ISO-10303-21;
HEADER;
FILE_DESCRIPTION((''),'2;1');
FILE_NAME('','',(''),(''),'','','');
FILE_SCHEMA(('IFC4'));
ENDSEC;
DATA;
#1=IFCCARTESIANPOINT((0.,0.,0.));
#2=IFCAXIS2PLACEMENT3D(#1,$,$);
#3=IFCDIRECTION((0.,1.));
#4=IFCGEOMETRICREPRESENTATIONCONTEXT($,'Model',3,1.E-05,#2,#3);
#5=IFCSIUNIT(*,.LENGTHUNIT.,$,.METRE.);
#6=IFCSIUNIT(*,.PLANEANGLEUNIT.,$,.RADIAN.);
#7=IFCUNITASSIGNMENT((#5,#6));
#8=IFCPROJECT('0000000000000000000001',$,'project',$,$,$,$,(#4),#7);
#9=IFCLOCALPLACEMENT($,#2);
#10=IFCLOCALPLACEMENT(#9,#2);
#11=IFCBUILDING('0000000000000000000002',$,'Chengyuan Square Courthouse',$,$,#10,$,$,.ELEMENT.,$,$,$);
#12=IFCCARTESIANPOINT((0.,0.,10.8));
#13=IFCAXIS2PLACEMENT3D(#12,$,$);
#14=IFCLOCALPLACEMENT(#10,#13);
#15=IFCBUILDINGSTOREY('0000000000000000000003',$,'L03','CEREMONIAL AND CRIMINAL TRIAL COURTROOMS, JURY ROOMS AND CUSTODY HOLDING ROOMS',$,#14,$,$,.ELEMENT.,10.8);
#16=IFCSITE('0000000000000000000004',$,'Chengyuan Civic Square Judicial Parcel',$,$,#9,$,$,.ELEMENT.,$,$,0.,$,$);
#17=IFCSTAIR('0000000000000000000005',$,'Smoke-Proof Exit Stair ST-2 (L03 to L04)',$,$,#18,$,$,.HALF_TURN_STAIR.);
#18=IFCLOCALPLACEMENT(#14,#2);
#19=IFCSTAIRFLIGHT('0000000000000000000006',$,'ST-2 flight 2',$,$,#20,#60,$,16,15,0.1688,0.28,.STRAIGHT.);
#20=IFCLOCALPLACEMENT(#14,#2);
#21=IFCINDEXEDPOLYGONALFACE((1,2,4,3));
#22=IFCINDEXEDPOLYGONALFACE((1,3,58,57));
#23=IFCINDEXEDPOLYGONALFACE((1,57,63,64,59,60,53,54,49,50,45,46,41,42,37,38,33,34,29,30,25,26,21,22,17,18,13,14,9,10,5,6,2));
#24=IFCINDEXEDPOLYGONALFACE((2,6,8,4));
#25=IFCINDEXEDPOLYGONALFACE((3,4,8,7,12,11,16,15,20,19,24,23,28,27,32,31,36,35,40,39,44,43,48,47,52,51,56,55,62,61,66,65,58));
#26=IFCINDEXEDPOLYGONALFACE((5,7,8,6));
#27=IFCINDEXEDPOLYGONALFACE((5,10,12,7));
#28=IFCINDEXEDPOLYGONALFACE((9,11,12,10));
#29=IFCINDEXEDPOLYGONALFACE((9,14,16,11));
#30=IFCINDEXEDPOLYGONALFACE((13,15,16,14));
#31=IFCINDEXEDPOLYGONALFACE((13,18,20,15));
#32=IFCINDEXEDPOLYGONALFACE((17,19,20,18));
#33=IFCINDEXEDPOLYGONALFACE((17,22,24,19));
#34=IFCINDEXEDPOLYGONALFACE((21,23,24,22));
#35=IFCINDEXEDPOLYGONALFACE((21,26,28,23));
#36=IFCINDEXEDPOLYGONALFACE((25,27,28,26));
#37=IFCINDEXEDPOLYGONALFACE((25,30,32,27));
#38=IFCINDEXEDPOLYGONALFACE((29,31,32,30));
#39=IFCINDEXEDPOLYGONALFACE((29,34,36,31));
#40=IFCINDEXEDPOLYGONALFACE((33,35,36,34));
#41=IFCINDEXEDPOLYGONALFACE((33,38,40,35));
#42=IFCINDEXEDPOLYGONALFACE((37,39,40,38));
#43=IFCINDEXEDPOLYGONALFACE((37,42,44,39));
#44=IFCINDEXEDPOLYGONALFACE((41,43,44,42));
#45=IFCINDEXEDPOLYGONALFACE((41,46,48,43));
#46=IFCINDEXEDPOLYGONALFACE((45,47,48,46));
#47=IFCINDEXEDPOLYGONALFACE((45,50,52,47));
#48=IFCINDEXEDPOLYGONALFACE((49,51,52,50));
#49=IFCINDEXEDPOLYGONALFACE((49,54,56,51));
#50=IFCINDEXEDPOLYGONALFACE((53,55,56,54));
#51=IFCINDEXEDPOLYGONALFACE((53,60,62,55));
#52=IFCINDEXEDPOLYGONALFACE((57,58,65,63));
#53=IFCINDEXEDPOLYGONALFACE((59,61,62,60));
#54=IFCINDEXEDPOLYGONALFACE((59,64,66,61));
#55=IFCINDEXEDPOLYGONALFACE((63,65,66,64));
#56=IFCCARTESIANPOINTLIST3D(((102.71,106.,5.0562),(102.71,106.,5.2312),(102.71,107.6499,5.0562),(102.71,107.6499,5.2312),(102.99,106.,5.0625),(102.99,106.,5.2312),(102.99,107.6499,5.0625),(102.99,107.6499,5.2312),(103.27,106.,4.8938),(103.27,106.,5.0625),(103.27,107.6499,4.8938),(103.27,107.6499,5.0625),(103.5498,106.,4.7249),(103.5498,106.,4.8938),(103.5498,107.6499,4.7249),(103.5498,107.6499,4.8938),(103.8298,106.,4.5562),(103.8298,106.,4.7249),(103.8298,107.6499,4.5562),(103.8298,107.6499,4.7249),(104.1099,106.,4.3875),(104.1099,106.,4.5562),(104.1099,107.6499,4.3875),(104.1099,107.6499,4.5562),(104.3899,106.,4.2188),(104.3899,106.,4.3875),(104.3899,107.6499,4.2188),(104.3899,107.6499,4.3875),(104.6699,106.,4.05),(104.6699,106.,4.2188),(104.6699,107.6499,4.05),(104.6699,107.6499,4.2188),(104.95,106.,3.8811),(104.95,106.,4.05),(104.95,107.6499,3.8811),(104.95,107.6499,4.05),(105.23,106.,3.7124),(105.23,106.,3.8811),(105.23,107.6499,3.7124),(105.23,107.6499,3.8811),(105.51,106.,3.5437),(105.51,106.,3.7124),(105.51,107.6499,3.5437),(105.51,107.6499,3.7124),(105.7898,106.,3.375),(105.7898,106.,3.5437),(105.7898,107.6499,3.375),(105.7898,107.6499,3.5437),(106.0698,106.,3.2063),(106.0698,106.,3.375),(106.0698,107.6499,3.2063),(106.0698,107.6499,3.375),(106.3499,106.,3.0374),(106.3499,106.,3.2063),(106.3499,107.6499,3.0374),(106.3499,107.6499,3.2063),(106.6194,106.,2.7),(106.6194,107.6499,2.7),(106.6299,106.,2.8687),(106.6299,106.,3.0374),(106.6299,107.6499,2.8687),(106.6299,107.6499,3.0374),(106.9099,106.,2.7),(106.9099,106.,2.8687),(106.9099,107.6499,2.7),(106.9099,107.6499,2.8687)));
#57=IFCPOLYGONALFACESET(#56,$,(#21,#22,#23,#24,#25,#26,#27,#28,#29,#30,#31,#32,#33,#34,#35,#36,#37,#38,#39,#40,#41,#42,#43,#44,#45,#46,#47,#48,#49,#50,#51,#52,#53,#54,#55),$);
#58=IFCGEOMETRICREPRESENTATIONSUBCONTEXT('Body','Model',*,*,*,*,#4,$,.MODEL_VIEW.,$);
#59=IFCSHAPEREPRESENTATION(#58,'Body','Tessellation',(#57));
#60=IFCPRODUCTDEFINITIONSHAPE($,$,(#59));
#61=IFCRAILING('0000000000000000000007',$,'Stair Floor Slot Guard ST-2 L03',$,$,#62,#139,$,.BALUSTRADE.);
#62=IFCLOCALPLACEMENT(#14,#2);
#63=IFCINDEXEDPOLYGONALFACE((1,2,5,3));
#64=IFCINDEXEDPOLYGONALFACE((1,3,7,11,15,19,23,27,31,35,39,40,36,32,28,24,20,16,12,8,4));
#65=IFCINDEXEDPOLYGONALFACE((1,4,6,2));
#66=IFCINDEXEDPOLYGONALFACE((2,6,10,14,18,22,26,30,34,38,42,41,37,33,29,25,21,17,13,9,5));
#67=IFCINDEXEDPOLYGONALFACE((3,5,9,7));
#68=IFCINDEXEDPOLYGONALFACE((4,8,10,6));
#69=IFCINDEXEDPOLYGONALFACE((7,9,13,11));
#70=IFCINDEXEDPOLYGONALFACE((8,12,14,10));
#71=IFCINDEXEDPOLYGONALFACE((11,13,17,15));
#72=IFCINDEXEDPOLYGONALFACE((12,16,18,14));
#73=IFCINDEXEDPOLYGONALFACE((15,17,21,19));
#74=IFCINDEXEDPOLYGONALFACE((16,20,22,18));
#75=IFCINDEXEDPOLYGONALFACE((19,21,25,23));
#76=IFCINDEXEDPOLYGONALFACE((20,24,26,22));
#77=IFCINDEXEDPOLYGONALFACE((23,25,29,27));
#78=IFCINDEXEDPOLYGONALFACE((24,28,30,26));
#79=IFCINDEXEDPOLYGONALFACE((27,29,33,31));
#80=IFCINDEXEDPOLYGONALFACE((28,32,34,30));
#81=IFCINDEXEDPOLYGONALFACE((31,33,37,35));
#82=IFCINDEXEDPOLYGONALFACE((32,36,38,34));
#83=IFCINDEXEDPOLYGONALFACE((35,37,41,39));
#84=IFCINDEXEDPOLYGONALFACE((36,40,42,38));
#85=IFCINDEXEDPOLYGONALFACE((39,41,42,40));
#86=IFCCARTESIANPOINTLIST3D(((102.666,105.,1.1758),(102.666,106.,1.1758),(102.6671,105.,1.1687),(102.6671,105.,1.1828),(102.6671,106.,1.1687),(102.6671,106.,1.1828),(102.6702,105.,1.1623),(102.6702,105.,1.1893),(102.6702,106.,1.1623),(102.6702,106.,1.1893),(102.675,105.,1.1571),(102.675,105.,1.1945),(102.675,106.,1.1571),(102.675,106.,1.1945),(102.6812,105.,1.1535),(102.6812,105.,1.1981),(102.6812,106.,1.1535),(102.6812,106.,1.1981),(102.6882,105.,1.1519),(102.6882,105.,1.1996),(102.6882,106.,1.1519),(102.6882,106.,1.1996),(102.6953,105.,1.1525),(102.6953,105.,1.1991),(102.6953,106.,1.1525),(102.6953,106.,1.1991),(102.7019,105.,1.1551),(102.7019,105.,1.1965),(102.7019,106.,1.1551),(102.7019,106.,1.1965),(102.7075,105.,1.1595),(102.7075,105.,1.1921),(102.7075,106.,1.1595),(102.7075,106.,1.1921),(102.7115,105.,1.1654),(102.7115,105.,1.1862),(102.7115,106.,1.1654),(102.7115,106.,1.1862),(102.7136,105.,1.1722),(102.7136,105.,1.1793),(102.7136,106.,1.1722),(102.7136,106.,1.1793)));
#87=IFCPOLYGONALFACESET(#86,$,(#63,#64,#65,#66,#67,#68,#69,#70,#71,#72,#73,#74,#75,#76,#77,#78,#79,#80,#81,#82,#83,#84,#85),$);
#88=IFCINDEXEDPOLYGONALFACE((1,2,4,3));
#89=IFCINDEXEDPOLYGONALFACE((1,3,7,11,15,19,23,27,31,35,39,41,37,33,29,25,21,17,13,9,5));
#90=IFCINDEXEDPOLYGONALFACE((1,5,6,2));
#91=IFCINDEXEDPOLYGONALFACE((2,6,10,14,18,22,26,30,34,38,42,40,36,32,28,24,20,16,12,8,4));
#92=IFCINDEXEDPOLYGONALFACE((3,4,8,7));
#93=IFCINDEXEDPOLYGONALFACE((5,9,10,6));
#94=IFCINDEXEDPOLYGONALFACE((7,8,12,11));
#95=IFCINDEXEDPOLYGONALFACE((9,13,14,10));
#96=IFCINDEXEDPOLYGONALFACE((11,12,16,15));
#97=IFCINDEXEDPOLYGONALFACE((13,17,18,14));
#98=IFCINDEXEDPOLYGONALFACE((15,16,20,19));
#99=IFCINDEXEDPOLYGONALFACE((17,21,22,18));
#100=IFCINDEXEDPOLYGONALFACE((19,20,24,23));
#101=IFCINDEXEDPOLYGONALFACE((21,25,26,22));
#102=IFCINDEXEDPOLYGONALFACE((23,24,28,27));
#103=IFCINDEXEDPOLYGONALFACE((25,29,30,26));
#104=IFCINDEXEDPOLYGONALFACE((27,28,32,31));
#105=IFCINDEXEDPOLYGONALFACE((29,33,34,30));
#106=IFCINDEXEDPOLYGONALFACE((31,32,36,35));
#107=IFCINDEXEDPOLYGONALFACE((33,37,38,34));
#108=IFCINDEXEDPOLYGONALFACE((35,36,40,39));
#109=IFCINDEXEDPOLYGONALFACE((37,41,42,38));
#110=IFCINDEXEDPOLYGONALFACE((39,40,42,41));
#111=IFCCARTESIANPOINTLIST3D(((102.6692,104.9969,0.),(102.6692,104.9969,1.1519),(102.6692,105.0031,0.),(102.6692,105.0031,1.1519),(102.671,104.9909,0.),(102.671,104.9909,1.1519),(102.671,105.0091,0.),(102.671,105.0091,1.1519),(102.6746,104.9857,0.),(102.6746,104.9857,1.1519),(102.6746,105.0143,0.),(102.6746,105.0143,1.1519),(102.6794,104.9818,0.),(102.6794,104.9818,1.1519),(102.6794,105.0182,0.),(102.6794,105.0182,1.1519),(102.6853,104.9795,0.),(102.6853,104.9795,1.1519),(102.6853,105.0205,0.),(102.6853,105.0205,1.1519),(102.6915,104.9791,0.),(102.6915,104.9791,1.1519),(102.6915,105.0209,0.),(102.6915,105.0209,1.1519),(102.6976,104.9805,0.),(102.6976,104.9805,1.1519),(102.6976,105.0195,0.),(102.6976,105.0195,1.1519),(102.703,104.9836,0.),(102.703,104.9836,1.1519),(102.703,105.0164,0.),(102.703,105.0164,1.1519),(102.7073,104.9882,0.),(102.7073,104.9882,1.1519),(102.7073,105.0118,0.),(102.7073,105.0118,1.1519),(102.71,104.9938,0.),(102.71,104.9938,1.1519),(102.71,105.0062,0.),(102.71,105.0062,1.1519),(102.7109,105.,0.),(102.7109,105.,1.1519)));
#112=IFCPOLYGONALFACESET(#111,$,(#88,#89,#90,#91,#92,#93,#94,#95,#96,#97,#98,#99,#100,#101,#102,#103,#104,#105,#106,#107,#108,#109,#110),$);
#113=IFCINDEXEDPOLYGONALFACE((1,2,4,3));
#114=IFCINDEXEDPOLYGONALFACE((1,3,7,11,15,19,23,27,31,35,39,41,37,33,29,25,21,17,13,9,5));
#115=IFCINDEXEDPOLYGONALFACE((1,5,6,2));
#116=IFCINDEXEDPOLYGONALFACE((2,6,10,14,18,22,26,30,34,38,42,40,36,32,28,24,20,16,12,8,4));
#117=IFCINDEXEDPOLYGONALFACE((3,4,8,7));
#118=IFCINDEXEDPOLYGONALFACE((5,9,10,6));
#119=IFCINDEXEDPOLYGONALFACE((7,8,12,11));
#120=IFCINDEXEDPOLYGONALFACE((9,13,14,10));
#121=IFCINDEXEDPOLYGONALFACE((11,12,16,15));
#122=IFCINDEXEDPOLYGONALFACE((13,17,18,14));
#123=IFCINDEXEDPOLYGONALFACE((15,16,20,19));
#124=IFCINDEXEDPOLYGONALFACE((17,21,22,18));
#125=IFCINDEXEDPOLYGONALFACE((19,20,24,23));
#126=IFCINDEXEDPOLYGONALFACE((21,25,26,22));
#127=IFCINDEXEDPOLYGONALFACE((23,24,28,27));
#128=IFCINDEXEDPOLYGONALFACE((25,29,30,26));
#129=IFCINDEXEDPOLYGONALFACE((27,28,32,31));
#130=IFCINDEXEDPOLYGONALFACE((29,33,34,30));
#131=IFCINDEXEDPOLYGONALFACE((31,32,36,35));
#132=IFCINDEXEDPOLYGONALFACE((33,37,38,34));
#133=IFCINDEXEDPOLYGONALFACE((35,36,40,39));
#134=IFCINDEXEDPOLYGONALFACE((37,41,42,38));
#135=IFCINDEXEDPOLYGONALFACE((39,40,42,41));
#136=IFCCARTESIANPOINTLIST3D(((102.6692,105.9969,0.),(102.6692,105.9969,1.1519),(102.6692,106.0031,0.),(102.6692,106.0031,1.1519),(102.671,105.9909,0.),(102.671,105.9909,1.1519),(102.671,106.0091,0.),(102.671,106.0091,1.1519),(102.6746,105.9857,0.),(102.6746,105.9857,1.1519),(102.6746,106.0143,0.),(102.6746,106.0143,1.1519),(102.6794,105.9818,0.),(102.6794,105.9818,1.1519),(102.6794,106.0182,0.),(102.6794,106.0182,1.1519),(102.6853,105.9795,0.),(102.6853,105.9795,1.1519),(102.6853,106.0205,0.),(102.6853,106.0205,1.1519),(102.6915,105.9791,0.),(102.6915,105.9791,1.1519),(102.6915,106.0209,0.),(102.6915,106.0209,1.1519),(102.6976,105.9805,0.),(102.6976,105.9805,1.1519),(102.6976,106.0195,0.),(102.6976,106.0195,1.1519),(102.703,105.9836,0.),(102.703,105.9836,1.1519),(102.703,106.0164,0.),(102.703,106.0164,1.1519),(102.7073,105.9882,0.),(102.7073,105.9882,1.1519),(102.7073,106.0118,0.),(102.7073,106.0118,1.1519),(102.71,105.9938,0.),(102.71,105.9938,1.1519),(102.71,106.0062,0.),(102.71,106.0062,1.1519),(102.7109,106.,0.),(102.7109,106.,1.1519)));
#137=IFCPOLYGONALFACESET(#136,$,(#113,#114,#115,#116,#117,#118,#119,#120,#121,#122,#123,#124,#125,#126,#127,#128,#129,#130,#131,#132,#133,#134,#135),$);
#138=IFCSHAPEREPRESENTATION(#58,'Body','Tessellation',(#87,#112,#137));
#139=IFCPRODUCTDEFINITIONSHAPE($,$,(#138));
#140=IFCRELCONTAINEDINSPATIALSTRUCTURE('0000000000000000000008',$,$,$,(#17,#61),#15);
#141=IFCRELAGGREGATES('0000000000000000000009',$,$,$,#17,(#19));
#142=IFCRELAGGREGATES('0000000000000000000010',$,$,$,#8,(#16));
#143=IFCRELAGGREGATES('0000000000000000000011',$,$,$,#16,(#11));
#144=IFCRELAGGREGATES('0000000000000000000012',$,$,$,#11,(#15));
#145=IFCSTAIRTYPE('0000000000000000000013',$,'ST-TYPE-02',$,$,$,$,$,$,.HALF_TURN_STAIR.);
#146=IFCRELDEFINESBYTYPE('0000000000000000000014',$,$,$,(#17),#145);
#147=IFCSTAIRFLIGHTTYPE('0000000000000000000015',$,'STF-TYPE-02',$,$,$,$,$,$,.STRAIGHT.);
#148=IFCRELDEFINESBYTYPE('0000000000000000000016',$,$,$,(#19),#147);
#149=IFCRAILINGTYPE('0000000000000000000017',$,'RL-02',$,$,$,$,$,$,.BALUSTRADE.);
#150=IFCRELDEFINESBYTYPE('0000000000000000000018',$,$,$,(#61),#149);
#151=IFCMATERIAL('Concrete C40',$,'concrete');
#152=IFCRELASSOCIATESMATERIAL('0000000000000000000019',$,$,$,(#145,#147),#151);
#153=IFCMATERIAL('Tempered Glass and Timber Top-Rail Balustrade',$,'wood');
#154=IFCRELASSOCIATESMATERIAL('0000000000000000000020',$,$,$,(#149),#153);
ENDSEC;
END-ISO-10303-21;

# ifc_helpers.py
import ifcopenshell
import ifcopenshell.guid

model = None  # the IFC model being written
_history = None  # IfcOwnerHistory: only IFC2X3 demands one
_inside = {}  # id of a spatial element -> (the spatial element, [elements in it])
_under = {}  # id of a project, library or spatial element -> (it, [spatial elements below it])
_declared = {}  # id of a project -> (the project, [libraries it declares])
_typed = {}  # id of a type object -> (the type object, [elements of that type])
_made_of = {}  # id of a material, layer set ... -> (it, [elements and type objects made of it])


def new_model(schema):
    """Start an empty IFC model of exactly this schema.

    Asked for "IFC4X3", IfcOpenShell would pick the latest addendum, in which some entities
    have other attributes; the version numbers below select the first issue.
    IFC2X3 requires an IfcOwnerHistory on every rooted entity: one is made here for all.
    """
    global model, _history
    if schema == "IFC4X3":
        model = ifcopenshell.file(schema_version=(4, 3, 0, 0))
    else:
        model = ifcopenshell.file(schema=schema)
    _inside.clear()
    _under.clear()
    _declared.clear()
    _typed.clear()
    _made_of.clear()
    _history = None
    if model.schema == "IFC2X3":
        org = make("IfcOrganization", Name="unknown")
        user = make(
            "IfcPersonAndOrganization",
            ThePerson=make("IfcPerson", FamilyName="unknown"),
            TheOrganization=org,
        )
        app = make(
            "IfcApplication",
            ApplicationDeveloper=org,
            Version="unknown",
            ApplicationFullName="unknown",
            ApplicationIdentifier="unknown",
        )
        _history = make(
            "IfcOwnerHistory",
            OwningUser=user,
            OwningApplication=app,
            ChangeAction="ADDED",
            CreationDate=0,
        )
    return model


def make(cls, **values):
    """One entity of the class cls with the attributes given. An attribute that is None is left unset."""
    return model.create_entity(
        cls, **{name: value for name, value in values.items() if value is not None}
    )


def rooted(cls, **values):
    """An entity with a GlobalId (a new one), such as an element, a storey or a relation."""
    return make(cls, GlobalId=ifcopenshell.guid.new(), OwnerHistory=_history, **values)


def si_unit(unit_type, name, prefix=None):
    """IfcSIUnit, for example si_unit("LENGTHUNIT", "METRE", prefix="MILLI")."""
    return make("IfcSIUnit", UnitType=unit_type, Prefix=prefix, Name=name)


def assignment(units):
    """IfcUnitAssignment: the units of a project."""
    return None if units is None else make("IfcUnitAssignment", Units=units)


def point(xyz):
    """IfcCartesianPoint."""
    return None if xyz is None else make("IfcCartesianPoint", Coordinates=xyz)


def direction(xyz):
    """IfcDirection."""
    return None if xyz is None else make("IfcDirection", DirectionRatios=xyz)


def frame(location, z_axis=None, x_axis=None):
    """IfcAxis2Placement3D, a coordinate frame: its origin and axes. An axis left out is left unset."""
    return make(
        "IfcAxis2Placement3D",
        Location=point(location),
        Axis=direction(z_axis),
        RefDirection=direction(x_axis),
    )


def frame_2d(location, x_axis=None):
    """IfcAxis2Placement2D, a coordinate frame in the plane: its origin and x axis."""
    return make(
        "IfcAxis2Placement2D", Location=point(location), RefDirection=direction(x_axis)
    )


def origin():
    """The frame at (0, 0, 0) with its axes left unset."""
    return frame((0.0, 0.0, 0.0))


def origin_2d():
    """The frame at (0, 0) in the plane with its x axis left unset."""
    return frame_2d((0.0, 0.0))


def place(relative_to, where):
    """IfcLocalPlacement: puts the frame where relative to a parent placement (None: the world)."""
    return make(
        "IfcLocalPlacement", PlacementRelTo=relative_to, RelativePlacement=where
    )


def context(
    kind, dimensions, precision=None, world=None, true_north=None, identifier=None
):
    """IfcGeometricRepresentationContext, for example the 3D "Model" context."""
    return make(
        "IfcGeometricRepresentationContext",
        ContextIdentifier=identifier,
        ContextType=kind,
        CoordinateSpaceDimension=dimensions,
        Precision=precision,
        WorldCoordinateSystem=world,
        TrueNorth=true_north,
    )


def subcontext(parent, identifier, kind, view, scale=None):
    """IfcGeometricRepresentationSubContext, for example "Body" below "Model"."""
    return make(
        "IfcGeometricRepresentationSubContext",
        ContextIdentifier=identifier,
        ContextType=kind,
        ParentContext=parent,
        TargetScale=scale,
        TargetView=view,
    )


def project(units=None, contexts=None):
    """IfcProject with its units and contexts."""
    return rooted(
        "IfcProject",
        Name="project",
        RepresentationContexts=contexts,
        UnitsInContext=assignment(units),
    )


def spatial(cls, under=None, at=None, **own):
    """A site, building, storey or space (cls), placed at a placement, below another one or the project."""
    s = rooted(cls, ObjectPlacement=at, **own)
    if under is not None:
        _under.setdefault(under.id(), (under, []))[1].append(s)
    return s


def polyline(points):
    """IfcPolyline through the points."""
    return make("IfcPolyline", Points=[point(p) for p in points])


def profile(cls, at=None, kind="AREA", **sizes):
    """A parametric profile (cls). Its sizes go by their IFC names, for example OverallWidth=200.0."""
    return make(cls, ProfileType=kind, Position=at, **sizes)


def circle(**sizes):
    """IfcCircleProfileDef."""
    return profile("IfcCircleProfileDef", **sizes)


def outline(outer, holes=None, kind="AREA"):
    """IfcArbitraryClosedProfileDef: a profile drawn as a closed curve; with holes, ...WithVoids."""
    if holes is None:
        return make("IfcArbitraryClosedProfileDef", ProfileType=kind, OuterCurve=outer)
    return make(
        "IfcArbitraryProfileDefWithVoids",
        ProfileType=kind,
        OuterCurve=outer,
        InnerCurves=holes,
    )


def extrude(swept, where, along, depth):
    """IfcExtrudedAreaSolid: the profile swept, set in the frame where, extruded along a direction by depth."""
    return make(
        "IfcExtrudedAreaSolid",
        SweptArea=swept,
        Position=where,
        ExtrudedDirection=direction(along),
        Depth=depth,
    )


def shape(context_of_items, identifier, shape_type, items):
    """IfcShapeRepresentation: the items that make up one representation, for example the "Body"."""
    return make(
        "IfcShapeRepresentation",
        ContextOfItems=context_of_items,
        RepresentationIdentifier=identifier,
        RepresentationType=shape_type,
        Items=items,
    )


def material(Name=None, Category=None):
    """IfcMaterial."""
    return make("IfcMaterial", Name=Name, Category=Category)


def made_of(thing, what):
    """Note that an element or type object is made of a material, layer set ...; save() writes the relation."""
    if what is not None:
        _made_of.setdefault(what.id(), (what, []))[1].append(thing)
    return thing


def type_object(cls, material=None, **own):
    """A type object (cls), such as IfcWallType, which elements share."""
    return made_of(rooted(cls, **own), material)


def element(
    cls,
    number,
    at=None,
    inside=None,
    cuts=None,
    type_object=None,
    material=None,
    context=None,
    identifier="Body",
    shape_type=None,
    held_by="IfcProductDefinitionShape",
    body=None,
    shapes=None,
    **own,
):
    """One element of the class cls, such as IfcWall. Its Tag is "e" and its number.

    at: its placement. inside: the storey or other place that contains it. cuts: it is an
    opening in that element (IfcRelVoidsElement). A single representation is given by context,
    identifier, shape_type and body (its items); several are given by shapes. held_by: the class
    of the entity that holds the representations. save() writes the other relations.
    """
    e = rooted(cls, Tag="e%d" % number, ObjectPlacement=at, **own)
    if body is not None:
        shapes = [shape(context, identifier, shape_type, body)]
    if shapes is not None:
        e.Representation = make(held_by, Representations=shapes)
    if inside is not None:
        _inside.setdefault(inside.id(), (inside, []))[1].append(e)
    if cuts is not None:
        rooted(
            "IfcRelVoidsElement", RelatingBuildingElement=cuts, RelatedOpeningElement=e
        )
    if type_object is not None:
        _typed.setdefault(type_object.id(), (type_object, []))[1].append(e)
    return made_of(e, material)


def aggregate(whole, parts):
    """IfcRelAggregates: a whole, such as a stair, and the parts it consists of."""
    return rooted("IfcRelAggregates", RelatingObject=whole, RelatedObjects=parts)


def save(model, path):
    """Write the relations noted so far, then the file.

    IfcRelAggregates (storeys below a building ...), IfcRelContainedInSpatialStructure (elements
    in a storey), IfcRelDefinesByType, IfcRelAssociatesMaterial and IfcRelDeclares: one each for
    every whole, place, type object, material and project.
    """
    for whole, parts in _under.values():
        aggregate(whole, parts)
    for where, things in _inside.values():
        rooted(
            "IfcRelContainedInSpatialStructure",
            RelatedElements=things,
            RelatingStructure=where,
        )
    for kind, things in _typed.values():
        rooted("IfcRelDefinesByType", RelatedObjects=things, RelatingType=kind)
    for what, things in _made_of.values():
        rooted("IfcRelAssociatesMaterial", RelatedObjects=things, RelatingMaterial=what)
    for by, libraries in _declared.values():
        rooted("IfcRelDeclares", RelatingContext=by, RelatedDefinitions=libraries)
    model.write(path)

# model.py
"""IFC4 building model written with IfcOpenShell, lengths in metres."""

from ifc_helpers import new_model, si_unit, direction, frame, origin, origin_2d, place, context, subcontext, project, spatial, polyline, circle, outline, extrude, material, type_object, element, aggregate, save


model = new_model("IFC4")

# Units and contexts
model_context = context("Model", 3, precision=1e-05, world=origin(), true_north=direction((0.0, 1.0)))
body_context = subcontext(model_context, "Body", "Model", "MODEL_VIEW")
ifc_project = project(units=[si_unit("LENGTHUNIT", "METRE"), si_unit("PLANEANGLEUNIT", "RADIAN")], contexts=[model_context])

# Site, building, storey
site_placement = place(None, origin())
site = spatial("IfcSite", under=ifc_project, at=site_placement, Name="Chengyuan Civic Square Judicial Parcel", CompositionType="ELEMENT", RefElevation=0.0)
building_placement = place(site_placement, origin())
building = spatial("IfcBuilding", under=site, at=building_placement, Name="Chengyuan Square Courthouse", CompositionType="ELEMENT")
storey_placement = place(building_placement, frame((0.0, 0.0, 10.8)))
storey = spatial("IfcBuildingStorey", under=building, at=storey_placement, Name="L03", Description="CEREMONIAL AND CRIMINAL TRIAL COURTROOMS, JURY ROOMS AND CUSTODY HOLDING ROOMS", CompositionType="ELEMENT", Elevation=10.8)

# Shared definitions
ifc_material_1 = material(Name="Concrete C40", Category="concrete")

# Stair, stair flight
stair_type = type_object("IfcStairType", Name="ST-TYPE-02", PredefinedType="HALF_TURN_STAIR", material=ifc_material_1)
stair_placement = place(storey_placement, origin())
stair = element("IfcStair", 1, at=stair_placement, inside=storey, type_object=stair_type, Name="Smoke-Proof Exit Stair ST-2 (L03 to L04)", PredefinedType="HALF_TURN_STAIR")
stair_flight_type = type_object("IfcStairFlightType", Name="STF-TYPE-02", PredefinedType="STRAIGHT", material=ifc_material_1)
stair_flight_1_placement = place(storey_placement, frame((106.9099, 106.825, 2.7), z_axis=(0.0, 0.0, 1.0), x_axis=(-1.0, 0.0, 0.0)))
stair_flight_1 = element("IfcStairFlight", 2, at=stair_flight_1_placement, type_object=stair_flight_type, Name="ST-2 flight 2", NumberOfRisers=16, NumberOfTreads=15, PredefinedType="STRAIGHT", RiserHeight=0.1688, TreadLength=0.28, context=body_context, shape_type="SweptSolid", body=[
    extrude(outline(polyline([(0.0, 0.0), (0.0, 0.1687), (0.28, 0.1687), (0.28, 0.3374), (0.5601, 0.3374), (0.5601, 0.5063), (0.8401, 0.5063), (0.8401, 0.675), (1.1201, 0.675), (1.1201, 0.8438), (1.3999, 0.8438), (1.3999, 1.0125), (1.6799, 1.0125), (1.6799, 1.1812), (1.96, 1.1812), (1.96, 1.3501), (2.24, 1.3501), (2.24, 1.5188), (2.52, 1.5188), (2.52, 1.6875), (2.8, 1.6875), (2.8, 1.8562), (3.0801, 1.8562), (3.0801, 2.0249), (3.3601, 2.0249), (3.3601, 2.1938), (3.6399, 2.1938), (3.6399, 2.3625), (3.9199, 2.3625), (3.9199, 2.5312), (4.2, 2.5312), (4.2, 2.7), (4.2, 2.3562), (0.2905, 0.0), (0.0, 0.0)])), frame((0.0, 0.825, 0.0), z_axis=(0.0, -1.0, 0.0), x_axis=(1.0, 0.0, 0.0)), (0.0, 0.0, 1.0), 1.6499),
])
aggregate(stair, [stair_flight_1])

# Railing
ifc_material_2 = material(Name="Tempered Glass and Timber Top-Rail Balustrade", Category="wood")
railing_type_1 = type_object("IfcRailingType", Name="RL-02", PredefinedType="BALUSTRADE", material=ifc_material_2)
for number, where, name in (
    (3, (102.6899, 105.0, 0.0), "Stair Floor Slot Guard ST-2 L03"),
):
    element("IfcRailing", number, at=place(storey_placement, frame(where)), inside=storey, type_object=railing_type_1, Name=name, PredefinedType="BALUSTRADE", context=body_context, shape_type="SweptSolid", body=[
        extrude(circle(Radius=0.0239, at=origin_2d()), frame((0.0, 0.0, 1.1758), z_axis=(0.0, 1.0, 0.0), x_axis=(-1.0, 0.0, 0.0)), (0.0, 0.0, 1.0), 1.0),
        extrude(circle(Radius=0.021, at=origin_2d()), origin(), (0.0, 0.0, 1.0), 1.1519),
        extrude(circle(Radius=0.021, at=origin_2d()), frame((0.0, 1.0, 0.0)), (0.0, 0.0, 1.0), 1.1519),
    ])

save(model, "model.ifc")
